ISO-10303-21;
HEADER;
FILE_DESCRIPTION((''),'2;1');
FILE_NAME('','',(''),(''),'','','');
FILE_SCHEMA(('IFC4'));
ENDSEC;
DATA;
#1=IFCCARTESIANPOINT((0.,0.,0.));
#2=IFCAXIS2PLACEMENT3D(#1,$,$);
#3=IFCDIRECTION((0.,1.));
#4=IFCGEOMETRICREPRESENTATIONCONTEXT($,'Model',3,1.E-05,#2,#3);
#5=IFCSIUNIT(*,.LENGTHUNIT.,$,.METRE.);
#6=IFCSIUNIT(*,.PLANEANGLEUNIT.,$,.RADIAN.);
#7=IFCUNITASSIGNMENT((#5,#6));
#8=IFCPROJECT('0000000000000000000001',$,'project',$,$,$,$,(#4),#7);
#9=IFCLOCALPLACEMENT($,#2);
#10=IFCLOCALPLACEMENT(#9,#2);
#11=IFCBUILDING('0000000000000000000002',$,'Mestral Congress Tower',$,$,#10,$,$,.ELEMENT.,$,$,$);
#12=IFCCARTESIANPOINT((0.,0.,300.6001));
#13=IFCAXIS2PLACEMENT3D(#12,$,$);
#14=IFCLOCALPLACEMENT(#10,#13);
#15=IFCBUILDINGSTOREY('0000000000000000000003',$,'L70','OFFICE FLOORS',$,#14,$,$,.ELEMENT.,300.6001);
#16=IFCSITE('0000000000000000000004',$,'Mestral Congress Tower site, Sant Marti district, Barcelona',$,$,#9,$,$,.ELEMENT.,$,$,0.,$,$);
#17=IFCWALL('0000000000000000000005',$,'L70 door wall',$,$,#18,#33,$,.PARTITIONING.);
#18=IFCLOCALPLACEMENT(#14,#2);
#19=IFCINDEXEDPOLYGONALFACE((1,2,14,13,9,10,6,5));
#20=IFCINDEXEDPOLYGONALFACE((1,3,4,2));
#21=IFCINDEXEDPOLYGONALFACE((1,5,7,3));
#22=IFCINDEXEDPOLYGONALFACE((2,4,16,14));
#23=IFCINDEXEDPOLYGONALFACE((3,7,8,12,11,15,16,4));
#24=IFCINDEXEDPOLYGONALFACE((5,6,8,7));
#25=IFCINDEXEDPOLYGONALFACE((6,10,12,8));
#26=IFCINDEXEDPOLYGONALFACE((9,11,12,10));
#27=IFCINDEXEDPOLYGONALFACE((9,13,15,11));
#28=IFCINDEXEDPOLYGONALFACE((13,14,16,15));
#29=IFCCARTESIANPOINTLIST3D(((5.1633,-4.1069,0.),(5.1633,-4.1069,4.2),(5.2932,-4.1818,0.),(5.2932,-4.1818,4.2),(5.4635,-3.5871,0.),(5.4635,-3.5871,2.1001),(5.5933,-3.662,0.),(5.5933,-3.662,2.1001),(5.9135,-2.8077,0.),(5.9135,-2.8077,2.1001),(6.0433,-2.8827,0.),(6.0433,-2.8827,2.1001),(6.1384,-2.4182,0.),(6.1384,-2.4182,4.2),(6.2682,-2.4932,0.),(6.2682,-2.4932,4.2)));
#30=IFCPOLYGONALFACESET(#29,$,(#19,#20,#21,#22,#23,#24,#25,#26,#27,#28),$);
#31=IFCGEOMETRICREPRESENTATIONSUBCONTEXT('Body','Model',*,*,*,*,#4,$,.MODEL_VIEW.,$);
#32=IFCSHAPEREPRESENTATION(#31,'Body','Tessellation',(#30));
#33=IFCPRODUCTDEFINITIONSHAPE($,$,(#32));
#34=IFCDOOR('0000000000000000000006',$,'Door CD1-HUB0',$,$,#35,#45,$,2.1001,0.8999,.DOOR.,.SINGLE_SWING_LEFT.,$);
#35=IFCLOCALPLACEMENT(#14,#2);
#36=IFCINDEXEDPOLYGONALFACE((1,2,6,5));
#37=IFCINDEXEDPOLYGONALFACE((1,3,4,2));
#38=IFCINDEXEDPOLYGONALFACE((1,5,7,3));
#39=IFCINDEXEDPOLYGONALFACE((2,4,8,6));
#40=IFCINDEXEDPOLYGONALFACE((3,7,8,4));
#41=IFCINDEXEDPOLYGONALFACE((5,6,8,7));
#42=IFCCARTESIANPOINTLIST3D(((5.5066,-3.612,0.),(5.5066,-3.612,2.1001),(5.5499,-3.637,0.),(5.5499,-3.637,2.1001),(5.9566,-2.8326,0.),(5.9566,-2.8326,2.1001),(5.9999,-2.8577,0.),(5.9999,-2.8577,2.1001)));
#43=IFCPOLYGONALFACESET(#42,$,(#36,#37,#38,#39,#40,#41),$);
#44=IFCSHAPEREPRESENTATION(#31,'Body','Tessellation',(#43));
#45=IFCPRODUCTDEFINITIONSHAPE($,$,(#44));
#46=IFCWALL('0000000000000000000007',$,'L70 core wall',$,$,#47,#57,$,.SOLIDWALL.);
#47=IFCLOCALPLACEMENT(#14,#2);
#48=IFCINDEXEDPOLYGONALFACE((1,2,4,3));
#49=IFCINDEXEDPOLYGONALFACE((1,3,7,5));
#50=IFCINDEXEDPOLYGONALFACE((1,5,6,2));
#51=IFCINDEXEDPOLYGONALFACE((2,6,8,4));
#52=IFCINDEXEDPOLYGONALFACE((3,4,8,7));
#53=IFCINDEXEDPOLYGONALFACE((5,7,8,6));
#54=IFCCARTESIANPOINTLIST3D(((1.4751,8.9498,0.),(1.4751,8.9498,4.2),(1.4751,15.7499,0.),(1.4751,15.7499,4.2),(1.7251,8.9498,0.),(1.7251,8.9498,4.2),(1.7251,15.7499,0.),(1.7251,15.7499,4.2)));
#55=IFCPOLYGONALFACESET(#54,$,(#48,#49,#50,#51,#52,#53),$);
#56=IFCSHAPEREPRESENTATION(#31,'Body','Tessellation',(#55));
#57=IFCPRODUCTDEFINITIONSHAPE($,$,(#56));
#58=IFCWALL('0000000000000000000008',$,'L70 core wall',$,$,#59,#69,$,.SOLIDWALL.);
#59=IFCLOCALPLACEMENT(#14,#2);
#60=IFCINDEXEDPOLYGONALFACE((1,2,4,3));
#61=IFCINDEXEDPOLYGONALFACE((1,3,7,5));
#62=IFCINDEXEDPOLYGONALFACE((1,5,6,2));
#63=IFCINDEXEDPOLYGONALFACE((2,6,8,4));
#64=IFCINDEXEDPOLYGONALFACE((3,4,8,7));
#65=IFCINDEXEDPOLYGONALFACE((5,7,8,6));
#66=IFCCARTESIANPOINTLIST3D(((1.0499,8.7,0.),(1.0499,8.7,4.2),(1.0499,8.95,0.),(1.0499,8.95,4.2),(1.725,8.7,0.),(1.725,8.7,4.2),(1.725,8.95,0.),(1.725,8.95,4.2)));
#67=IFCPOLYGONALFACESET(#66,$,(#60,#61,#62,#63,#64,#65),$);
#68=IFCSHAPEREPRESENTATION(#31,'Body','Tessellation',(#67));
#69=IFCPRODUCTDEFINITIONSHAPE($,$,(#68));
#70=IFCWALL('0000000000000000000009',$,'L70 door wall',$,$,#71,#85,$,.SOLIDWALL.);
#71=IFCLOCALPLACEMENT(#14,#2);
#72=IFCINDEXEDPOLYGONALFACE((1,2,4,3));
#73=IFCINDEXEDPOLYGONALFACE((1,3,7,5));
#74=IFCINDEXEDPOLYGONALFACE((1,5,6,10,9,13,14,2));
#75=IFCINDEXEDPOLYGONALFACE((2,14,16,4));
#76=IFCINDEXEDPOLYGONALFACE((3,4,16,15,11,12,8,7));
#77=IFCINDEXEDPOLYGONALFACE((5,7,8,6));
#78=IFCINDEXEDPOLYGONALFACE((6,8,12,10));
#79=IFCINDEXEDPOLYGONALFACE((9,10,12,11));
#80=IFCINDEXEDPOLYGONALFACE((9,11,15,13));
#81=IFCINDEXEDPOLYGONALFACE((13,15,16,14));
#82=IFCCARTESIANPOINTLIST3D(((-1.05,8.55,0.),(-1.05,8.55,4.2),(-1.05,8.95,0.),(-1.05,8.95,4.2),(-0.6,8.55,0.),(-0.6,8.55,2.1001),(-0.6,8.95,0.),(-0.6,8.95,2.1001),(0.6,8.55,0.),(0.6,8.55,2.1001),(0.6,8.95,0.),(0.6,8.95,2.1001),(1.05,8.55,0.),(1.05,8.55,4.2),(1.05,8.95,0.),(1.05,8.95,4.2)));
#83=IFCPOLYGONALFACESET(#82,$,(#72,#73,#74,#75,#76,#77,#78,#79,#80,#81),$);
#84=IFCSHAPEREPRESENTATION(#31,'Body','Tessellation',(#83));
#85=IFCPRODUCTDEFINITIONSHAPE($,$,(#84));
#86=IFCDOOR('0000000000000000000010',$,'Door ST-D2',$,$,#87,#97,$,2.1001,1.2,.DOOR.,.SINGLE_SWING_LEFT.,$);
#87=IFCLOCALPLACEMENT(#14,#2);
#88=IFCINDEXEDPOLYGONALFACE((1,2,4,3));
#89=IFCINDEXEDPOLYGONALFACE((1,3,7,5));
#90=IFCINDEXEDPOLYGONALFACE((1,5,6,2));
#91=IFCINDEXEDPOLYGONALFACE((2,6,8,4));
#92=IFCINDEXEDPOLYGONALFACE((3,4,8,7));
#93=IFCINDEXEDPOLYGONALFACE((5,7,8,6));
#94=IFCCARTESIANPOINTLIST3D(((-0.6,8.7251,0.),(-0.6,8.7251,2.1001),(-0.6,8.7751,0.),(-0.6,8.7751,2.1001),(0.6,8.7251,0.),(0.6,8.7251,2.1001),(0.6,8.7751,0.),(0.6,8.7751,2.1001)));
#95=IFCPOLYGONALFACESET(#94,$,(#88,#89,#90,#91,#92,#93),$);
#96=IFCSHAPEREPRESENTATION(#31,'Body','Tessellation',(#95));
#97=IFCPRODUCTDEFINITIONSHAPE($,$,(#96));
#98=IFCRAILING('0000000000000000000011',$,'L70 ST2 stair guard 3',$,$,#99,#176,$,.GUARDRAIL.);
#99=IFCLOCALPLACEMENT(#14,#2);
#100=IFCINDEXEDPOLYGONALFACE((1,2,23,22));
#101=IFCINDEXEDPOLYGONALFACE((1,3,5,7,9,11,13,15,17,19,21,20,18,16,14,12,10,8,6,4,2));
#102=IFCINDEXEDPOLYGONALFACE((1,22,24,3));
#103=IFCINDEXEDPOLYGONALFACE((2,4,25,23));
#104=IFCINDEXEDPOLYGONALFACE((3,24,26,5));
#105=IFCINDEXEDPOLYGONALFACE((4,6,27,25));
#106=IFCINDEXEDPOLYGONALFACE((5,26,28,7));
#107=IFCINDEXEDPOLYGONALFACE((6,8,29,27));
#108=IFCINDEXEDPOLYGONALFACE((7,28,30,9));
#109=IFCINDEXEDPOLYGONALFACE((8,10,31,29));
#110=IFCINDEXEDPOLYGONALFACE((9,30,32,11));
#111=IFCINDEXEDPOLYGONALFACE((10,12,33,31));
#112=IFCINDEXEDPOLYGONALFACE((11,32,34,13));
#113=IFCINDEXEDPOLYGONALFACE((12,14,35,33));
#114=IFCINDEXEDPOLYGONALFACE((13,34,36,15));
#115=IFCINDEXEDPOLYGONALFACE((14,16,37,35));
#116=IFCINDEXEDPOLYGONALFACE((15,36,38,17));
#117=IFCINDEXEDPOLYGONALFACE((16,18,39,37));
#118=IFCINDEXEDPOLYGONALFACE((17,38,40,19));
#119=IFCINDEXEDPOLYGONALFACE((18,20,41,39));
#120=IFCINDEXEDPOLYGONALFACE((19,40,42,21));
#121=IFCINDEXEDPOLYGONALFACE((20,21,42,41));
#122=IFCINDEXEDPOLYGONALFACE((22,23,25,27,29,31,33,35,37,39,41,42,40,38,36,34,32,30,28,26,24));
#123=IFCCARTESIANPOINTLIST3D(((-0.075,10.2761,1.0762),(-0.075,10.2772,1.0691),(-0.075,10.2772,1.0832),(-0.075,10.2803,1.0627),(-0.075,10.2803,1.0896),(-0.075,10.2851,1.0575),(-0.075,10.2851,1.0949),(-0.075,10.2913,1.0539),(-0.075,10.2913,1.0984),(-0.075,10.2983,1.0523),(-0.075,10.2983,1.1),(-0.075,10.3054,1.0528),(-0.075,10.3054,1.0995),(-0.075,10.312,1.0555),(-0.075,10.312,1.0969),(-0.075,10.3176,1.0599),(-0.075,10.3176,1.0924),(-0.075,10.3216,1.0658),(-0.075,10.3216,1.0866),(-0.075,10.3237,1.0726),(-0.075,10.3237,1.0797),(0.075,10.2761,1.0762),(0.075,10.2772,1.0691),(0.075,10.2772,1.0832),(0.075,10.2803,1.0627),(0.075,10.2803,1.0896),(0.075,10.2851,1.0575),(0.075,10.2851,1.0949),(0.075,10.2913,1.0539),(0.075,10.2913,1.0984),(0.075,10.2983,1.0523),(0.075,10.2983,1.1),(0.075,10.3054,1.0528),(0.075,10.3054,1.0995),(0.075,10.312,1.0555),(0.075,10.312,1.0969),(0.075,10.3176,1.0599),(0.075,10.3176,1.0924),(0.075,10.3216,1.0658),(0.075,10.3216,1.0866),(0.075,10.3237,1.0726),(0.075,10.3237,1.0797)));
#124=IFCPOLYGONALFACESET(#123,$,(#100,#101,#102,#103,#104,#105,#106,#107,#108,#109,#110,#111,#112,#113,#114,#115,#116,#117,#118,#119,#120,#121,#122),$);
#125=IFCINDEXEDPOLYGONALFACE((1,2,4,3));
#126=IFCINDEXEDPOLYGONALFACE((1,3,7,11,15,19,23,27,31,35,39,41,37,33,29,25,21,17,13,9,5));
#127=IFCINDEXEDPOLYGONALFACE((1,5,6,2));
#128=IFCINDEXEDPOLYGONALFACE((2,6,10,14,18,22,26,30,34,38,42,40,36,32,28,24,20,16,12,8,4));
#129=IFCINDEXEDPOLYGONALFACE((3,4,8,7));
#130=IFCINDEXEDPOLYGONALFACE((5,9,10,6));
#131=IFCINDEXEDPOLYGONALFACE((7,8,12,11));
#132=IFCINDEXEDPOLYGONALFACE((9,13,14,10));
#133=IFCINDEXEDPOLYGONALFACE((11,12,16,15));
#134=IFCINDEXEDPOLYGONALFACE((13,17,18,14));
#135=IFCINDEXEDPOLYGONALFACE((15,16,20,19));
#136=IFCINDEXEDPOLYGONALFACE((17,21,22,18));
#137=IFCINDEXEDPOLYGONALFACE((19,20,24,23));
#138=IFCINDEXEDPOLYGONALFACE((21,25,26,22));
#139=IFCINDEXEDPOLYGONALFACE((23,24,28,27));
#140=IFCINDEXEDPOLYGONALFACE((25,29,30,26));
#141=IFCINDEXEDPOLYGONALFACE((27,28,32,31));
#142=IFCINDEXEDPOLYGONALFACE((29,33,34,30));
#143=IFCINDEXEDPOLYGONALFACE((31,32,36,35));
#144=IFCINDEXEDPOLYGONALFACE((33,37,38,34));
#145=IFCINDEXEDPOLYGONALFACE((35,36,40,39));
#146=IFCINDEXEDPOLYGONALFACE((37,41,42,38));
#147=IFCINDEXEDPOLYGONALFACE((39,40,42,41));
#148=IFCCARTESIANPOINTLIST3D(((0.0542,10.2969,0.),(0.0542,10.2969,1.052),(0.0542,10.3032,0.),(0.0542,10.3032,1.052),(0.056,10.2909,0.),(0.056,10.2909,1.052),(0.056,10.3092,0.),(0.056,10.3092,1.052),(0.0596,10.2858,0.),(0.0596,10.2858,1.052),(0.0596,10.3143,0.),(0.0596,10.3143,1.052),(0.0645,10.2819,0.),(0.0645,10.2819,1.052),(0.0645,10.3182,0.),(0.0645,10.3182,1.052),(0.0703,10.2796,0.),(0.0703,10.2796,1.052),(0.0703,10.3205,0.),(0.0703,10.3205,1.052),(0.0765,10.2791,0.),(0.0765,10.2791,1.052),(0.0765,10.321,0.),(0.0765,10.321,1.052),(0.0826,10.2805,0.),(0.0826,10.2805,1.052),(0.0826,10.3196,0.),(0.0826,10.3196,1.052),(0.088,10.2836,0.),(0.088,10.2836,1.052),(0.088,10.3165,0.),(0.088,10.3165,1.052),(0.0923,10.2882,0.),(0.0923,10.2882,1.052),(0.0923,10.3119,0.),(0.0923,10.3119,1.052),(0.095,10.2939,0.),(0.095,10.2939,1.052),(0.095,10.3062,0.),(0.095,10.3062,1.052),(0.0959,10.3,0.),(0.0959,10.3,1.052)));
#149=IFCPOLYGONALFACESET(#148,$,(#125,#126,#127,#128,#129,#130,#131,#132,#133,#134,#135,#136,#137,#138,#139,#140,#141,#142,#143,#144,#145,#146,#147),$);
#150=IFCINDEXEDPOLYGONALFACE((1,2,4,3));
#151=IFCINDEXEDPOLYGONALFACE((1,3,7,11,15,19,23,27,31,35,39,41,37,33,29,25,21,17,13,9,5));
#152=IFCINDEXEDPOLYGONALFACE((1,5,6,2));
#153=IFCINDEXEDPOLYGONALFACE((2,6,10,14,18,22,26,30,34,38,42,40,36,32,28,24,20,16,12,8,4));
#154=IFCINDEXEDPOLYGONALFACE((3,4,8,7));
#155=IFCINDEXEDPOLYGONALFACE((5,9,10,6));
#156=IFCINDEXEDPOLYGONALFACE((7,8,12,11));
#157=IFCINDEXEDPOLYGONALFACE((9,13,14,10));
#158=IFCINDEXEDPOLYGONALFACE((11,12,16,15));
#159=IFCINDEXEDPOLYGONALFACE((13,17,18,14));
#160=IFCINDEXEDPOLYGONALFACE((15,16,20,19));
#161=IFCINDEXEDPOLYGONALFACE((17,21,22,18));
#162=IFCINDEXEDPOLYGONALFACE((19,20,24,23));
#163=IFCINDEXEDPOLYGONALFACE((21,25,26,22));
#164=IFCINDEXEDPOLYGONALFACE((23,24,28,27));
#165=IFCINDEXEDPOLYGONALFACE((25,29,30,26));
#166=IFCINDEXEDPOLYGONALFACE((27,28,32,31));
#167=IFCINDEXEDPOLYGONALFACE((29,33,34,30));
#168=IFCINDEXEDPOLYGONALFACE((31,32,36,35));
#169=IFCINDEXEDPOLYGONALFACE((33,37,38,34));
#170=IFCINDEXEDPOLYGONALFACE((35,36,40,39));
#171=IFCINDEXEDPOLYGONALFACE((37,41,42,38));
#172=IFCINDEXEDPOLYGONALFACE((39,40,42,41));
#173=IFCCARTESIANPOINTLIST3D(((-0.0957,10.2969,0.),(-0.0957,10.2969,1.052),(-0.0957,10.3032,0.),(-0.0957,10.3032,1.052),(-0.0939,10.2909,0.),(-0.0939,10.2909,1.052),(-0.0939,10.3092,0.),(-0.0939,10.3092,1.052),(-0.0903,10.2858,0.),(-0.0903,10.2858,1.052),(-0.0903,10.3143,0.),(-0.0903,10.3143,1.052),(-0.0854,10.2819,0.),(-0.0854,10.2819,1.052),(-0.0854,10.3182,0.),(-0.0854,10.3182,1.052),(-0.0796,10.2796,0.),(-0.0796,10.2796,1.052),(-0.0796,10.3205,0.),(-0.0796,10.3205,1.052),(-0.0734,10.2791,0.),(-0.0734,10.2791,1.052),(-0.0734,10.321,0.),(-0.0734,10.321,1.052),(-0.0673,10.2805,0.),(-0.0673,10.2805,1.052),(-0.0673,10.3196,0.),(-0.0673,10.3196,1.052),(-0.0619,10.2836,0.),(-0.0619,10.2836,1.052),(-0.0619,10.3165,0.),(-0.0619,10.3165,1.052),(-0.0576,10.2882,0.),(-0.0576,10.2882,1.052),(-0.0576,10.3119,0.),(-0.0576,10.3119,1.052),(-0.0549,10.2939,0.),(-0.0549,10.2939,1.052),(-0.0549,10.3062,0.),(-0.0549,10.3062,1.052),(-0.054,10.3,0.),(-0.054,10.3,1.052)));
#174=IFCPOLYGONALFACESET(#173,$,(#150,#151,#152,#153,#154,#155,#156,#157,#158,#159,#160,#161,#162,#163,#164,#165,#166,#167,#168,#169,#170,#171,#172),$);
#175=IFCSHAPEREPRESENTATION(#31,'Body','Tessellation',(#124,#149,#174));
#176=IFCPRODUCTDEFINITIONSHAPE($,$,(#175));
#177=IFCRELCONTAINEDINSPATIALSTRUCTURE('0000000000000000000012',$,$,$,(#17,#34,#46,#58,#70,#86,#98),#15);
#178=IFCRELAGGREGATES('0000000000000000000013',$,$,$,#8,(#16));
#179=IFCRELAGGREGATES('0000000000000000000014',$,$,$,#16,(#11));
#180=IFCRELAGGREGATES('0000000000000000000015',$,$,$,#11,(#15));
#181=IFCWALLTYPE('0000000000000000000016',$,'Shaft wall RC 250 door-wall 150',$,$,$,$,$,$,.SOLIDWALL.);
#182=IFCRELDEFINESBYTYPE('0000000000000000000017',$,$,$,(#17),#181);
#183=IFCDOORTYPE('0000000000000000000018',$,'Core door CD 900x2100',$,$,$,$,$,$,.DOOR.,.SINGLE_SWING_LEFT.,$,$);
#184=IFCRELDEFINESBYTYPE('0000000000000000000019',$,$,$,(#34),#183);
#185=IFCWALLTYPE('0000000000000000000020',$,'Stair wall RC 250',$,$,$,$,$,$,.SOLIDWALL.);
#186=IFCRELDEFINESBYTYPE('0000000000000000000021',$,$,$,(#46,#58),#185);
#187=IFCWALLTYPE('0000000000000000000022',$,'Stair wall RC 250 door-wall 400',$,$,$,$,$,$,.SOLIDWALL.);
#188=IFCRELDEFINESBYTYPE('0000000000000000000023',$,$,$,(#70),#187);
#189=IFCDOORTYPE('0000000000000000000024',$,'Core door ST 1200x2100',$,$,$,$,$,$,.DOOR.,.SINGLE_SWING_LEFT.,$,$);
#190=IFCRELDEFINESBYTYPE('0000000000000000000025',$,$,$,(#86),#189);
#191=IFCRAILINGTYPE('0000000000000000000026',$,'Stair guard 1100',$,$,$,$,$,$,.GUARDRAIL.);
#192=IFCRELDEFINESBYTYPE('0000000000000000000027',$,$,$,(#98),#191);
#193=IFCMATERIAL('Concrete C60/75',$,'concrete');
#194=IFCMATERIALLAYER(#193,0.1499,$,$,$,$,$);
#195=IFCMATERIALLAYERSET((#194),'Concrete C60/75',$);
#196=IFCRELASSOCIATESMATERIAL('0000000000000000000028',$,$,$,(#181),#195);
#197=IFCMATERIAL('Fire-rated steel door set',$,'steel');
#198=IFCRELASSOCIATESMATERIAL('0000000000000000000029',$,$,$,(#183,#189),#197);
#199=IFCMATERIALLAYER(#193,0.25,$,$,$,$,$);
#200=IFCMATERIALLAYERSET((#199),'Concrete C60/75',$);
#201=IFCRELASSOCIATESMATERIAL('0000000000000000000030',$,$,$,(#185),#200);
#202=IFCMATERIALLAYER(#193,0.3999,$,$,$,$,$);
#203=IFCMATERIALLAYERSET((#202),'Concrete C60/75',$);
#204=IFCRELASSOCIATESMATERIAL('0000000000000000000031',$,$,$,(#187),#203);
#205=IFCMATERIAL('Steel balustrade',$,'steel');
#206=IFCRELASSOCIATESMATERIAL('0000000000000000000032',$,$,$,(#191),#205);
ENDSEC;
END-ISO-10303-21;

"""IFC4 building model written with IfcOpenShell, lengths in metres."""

from ifc_helpers import new_model, si_unit, direction, frame, frame_2d, origin, origin_2d, place, context, subcontext, project, spatial, rectangle, circle, extrude, material, layer, layer_set, type_object, element, fill, save


model = new_model("IFC4")

# Units and contexts
model_context = context("Model", 3, precision=1e-05, world=origin(), true_north=direction((0.0, 1.0)))
body_context = subcontext(model_context, "Body", "Model", "MODEL_VIEW")
ifc_project = project(units=[si_unit("LENGTHUNIT", "METRE"), si_unit("PLANEANGLEUNIT", "RADIAN")], contexts=[model_context])

# Site, building, storey
site_placement = place(None, origin())
site = spatial("IfcSite", under=ifc_project, at=site_placement, Name="Mestral Congress Tower site, Sant Marti district, Barcelona", CompositionType="ELEMENT", RefElevation=0.0)
building_placement = place(site_placement, origin())
building = spatial("IfcBuilding", under=site, at=building_placement, Name="Mestral Congress Tower", CompositionType="ELEMENT")
storey_placement = place(building_placement, frame((0.0, 0.0, 300.6001)))
storey = spatial("IfcBuildingStorey", under=building, at=storey_placement, Name="L70", Description="OFFICE FLOORS", CompositionType="ELEMENT", Elevation=300.6001)

# Shared definitions
ifc_material_1 = material(Name="Concrete C60/75", Category="concrete")

# Wall, opening, door
ifc_layer_1 = layer(ifc_material_1, 0.1499)
ifc_layer_set_1 = layer_set([ifc_layer_1], Name="Concrete C60/75")
wall_type_1 = type_object("IfcWallType", Name="Shaft wall RC 250 door-wall 150", PredefinedType="SOLIDWALL", material=ifc_layer_set_1)
wall_1_placement = place(storey_placement, frame((6.2034, -2.4556, 0.0), z_axis=(0.0, 0.0, 1.0), x_axis=(-0.500044, -0.866, 0.0)))
wall_1 = element("IfcWall", 1, at=wall_1_placement, inside=storey, type_object=wall_type_1, Name="L70 door wall", PredefinedType="PARTITIONING", context=body_context, shape_type="SweptSolid", body=[
    extrude(rectangle(XDim=1.95, YDim=0.1499, at=frame_2d((0.9751, 0.0))), origin(), (0.0, 0.0, 1.0), 4.2),
])
opening_1_placement = place(wall_1_placement, frame((0.45, 0.0, 0.0)))
opening_1 = element("IfcOpeningElement", 2, at=opening_1_placement, cuts=wall_1, PredefinedType="OPENING", context=body_context, shape_type="SweptSolid", body=[
    extrude(rectangle(XDim=0.8999, YDim=2.1001, at=frame_2d((0.45, 1.05))), frame((0.0, 0.085, 0.0), z_axis=(0.0, -1.0, 0.0), x_axis=(1.0, 0.0, 0.0)), (0.0, 0.0, 1.0), 0.1699),
])
ifc_material_2 = material(Name="Fire-rated steel door set", Category="steel")
door_type_1 = type_object("IfcDoorType", Name="Core door CD 900x2100", OperationType="SINGLE_SWING_LEFT", PredefinedType="DOOR", material=ifc_material_2)
door_1_placement = place(opening_1_placement, origin())
door_1 = element("IfcDoor", 3, at=door_1_placement, inside=storey, type_object=door_type_1, Name="Door CD1-HUB0", OperationType="SINGLE_SWING_LEFT", OverallHeight=2.1001, OverallWidth=0.8999, PredefinedType="DOOR", context=body_context, shape_type="SweptSolid", body=[
    extrude(rectangle(XDim=0.8999, YDim=2.1001, at=frame_2d((0.45, 1.05))), frame((0.0, 0.0249, 0.0), z_axis=(0.0, -1.0, 0.0), x_axis=(1.0, 0.0, 0.0)), (0.0, 0.0, 1.0), 0.05),
])
fill(opening_1, door_1)

# Walls
ifc_layer_2 = layer(ifc_material_1, 0.25)
ifc_layer_set_2 = layer_set([ifc_layer_2], Name="Concrete C60/75")
wall_type_2 = type_object("IfcWallType", Name="Stair wall RC 250", PredefinedType="SOLIDWALL", material=ifc_layer_set_2)
wall_2_placement = place(storey_placement, frame((1.6001, 8.95, 0.0), z_axis=(0.0, 0.0, 1.0), x_axis=(0.0, 1.0, 0.0)))
element("IfcWall", 4, at=wall_2_placement, inside=storey, type_object=wall_type_2, Name="L70 core wall", PredefinedType="SOLIDWALL", context=body_context, shape_type="SweptSolid", body=[
    extrude(rectangle(XDim=6.8, YDim=0.25, at=frame_2d((3.3999, 0.0))), origin(), (0.0, 0.0, 1.0), 4.2),
])
wall_3_placement = place(storey_placement, frame((1.05, 8.825, 0.0), z_axis=(0.0, 0.0, 1.0), x_axis=(1.0, 0.0, 0.0)))
element("IfcWall", 5, at=wall_3_placement, inside=storey, type_object=wall_type_2, Name="L70 core wall", PredefinedType="SOLIDWALL", context=body_context, shape_type="SweptSolid", body=[
    extrude(rectangle(XDim=0.675, YDim=0.25, at=frame_2d((0.3374, 0.0))), origin(), (0.0, 0.0, 1.0), 4.2),
])

# Wall, opening, door
ifc_layer_3 = layer(ifc_material_1, 0.3999)
ifc_layer_set_3 = layer_set([ifc_layer_3], Name="Concrete C60/75")
wall_type_3 = type_object("IfcWallType", Name="Stair wall RC 250 door-wall 400", PredefinedType="SOLIDWALL", material=ifc_layer_set_3)
wall_4_placement = place(storey_placement, frame((1.05, 8.75, 0.0), z_axis=(0.0, 0.0, 1.0), x_axis=(-1.0, 0.0, 0.0)))
wall_4 = element("IfcWall", 6, at=wall_4_placement, inside=storey, type_object=wall_type_3, Name="L70 door wall", PredefinedType="SOLIDWALL", context=body_context, shape_type="SweptSolid", body=[
    extrude(rectangle(XDim=2.1001, YDim=0.3999, at=frame_2d((1.05, 0.0))), origin(), (0.0, 0.0, 1.0), 4.2),
])
opening_2_placement = place(wall_4_placement, frame((0.45, 0.0, 0.0)))
opening_2 = element("IfcOpeningElement", 7, at=opening_2_placement, cuts=wall_4, PredefinedType="OPENING", context=body_context, shape_type="SweptSolid", body=[
    extrude(rectangle(XDim=1.2, YDim=2.1001, at=frame_2d((0.6001, 1.05))), frame((0.0, 0.21, 0.0), z_axis=(0.0, -1.0, 0.0), x_axis=(1.0, 0.0, 0.0)), (0.0, 0.0, 1.0), 0.4199),
])
door_type_2 = type_object("IfcDoorType", Name="Core door ST 1200x2100", OperationType="SINGLE_SWING_LEFT", PredefinedType="DOOR", material=ifc_material_2)
door_2_placement = place(opening_2_placement, origin())
door_2 = element("IfcDoor", 8, at=door_2_placement, inside=storey, type_object=door_type_2, Name="Door ST-D2", OperationType="SINGLE_SWING_LEFT", OverallHeight=2.1001, OverallWidth=1.2, PredefinedType="DOOR", context=body_context, shape_type="SweptSolid", body=[
    extrude(rectangle(XDim=1.2, YDim=2.1001, at=frame_2d((0.6001, 1.05))), frame((0.0, 0.0249, 0.0), z_axis=(0.0, -1.0, 0.0), x_axis=(1.0, 0.0, 0.0)), (0.0, 0.0, 1.0), 0.05),
])
fill(opening_2, door_2)

# Railing
ifc_material_3 = material(Name="Steel balustrade", Category="steel")
railing_type = type_object("IfcRailingType", Name="Stair guard 1100", PredefinedType="GUARDRAIL", material=ifc_material_3)
railing_placement = place(storey_placement, frame((0.075, 10.3, 0.0)))
element("IfcRailing", 9, at=railing_placement, inside=storey, type_object=railing_type, Name="L70 ST2 stair guard 3", PredefinedType="GUARDRAIL", context=body_context, shape_type="SweptSolid", body=[
    extrude(circle(Radius=0.0239, at=origin_2d()), frame((0.0, 0.0, 1.0762), z_axis=(-1.0, 0.0, 0.0), x_axis=(0.0, -1.0, 0.0)), (0.0, 0.0, 1.0), 0.1499),
    extrude(circle(Radius=0.021, at=origin_2d()), origin(), (0.0, 0.0, 1.0), 1.052),
    extrude(circle(Radius=0.021, at=origin_2d()), frame((-0.1499, 0.0, 0.0)), (0.0, 0.0, 1.0), 1.052),
])

save(model, "model.ifc")
